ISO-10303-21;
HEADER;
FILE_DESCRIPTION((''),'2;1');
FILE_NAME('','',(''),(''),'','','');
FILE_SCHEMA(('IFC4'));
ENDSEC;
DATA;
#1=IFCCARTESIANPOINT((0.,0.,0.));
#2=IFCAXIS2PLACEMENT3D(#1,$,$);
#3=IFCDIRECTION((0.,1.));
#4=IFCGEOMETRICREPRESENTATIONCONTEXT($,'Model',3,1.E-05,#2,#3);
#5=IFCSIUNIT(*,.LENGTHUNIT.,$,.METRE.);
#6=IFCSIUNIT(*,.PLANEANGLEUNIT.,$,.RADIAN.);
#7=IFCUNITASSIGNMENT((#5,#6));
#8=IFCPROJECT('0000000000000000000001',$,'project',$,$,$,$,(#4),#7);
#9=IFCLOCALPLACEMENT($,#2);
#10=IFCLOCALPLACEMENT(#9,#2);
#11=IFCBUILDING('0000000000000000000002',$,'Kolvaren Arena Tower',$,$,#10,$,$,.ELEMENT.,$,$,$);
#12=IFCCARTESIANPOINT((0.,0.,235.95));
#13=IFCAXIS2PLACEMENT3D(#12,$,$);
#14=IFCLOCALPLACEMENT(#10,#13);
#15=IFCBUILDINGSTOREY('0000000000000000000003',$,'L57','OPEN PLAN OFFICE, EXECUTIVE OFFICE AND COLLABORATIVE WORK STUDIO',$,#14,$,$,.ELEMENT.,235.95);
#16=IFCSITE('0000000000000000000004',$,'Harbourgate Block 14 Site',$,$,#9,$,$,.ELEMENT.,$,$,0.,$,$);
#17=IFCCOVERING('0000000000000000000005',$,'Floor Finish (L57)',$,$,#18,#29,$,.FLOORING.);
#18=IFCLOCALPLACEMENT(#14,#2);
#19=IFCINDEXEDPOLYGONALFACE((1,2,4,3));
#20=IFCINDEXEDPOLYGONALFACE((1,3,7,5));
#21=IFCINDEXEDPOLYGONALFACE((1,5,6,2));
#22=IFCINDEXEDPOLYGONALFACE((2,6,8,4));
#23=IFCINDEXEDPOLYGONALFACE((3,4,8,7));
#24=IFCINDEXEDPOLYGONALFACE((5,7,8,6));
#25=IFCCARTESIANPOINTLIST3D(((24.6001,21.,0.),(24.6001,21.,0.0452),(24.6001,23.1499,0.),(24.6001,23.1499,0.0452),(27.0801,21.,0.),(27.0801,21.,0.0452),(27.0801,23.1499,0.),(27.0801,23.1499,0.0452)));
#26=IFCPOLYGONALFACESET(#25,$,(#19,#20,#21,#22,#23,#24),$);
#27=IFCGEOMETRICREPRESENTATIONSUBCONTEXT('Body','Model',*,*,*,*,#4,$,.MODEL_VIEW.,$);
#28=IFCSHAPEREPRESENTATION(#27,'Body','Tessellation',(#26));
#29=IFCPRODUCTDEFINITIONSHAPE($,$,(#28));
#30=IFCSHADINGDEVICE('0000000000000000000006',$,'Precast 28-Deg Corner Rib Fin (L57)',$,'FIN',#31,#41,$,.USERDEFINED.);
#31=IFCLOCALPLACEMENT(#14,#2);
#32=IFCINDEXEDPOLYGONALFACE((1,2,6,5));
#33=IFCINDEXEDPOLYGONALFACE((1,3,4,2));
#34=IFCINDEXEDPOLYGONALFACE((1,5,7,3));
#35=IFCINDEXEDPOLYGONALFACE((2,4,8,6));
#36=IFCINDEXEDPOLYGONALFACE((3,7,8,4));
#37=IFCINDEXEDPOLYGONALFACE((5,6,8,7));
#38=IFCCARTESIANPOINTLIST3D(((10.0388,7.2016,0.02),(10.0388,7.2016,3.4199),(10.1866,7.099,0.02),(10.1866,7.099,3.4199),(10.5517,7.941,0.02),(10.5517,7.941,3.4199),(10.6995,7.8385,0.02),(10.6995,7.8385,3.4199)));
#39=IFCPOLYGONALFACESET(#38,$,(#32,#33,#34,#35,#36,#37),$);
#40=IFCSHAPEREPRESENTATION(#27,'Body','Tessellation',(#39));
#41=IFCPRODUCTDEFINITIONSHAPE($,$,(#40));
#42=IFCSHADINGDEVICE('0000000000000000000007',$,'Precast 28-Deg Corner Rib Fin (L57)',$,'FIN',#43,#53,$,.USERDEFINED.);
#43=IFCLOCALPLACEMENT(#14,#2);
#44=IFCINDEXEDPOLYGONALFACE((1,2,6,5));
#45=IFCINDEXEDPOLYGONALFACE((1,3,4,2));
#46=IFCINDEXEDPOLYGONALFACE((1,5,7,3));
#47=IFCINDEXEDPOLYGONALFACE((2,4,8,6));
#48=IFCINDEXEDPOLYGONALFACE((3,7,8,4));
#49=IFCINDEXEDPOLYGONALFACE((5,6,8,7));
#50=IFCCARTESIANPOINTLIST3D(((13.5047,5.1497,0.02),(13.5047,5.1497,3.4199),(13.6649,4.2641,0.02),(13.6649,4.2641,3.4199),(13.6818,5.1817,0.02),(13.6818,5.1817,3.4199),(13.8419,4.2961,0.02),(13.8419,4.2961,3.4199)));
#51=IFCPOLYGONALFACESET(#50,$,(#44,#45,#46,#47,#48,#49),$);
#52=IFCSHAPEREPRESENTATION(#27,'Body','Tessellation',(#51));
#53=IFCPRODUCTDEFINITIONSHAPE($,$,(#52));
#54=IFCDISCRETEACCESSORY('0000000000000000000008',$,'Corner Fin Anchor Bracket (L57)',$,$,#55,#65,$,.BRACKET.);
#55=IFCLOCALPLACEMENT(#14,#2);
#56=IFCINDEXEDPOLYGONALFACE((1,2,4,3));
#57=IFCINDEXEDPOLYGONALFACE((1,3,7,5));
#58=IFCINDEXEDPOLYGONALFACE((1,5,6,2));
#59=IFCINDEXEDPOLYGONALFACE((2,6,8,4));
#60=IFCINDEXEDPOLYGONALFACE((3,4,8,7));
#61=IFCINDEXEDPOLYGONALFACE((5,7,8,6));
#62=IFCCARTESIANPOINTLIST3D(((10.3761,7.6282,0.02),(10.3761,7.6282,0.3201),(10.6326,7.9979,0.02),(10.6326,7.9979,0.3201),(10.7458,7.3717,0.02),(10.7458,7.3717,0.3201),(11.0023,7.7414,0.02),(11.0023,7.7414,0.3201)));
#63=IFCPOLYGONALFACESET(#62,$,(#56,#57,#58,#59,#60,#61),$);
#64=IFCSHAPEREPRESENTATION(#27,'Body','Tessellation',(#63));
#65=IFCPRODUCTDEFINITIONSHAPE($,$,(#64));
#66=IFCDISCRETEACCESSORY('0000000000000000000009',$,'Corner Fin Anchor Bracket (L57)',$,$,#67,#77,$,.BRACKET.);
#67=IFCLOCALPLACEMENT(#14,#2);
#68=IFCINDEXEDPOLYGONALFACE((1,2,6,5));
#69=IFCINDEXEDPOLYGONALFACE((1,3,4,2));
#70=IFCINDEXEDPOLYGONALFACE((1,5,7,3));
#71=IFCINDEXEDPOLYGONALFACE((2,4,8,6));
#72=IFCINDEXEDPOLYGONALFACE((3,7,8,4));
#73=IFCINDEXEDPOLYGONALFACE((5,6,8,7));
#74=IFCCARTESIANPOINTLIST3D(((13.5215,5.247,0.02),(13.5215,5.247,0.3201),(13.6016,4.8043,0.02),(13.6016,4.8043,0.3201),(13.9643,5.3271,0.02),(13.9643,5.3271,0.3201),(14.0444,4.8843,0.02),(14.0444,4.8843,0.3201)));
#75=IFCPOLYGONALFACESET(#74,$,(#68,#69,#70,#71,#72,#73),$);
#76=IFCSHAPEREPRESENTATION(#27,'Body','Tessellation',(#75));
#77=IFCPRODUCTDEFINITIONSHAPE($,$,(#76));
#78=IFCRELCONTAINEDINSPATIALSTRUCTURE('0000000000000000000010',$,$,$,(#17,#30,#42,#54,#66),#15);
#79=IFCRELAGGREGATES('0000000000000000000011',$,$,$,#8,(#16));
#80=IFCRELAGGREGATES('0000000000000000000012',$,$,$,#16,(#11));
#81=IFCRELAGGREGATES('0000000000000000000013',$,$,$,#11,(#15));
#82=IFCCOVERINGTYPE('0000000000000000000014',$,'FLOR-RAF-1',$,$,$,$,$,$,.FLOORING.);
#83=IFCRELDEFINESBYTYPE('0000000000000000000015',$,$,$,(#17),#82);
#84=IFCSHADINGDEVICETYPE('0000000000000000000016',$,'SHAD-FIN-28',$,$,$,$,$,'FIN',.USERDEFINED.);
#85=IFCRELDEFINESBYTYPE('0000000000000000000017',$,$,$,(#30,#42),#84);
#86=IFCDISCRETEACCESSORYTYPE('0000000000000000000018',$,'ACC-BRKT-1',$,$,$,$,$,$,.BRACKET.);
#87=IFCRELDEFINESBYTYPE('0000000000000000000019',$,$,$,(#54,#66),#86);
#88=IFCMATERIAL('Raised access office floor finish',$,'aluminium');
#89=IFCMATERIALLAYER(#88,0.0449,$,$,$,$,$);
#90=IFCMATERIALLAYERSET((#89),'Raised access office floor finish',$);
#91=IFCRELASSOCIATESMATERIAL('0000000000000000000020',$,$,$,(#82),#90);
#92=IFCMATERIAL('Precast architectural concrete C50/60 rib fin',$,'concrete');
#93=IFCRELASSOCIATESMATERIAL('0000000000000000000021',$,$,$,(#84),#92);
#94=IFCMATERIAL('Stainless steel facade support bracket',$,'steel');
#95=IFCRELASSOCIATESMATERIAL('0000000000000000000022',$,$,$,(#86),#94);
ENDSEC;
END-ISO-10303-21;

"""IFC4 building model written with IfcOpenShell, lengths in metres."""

from ifc_helpers import new_model, si_unit, direction, frame, origin, origin_2d, place, context, subcontext, project, spatial, polyline, rectangle, outline, extrude, material, layer, layer_set, type_object, element, save


model = new_model("IFC4")

# Units and contexts
model_context = context("Model", 3, precision=1e-05, world=origin(), true_north=direction((0.0, 1.0)))
body_context = subcontext(model_context, "Body", "Model", "MODEL_VIEW")
ifc_project = project(units=[si_unit("LENGTHUNIT", "METRE"), si_unit("PLANEANGLEUNIT", "RADIAN")], contexts=[model_context])

# Site, building, storey
site_placement = place(None, origin())
site = spatial("IfcSite", under=ifc_project, at=site_placement, Name="Harbourgate Block 14 Site", CompositionType="ELEMENT", RefElevation=0.0)
building_placement = place(site_placement, origin())
building = spatial("IfcBuilding", under=site, at=building_placement, Name="Kolvaren Arena Tower", CompositionType="ELEMENT")
storey_placement = place(building_placement, frame((0.0, 0.0, 235.95)))
storey = spatial("IfcBuildingStorey", under=building, at=storey_placement, Name="L57", Description="OPEN PLAN OFFICE, EXECUTIVE OFFICE AND COLLABORATIVE WORK STUDIO", CompositionType="ELEMENT", Elevation=235.95)

# Covering
ifc_material_1 = material(Name="Raised access office floor finish", Category="aluminium")
ifc_layer_1 = layer(ifc_material_1, 0.0449)
ifc_layer_set_1 = layer_set([ifc_layer_1], Name="Raised access office floor finish")
covering_type_1 = type_object("IfcCoveringType", Name="FLOR-RAF-1", PredefinedType="FLOORING", material=ifc_layer_set_1)
covering_1_placement = place(storey_placement, origin())
element("IfcCovering", 1, at=covering_1_placement, inside=storey, type_object=covering_type_1, Name="Floor Finish (L57)", PredefinedType="FLOORING", context=body_context, shape_type="SweptSolid", body=[
    extrude(outline(polyline([(24.6001, 21.0), (24.6001, 23.1499), (27.0801, 23.1499), (27.0801, 21.0), (24.6001, 21.0)])), origin(), (0.0, 0.0, 1.0), 0.0452),
])

# Shading devices
ifc_material_2 = material(Name="Precast architectural concrete C50/60 rib fin", Category="concrete")
shading_device_type = type_object("IfcShadingDeviceType", Name="SHAD-FIN-28", ElementType="FIN", PredefinedType="USERDEFINED", material=ifc_material_2)
for number, where, z_axis, x_axis, name in (
    (2, (10.3691, 7.52, 0.02), (0.0, 0.0, 1.0), (-0.569965, -0.821669, 0.0), "Precast 28-Deg Corner Rib Fin (L57)"),
    (3, (13.6733, 4.7229, 0.02), (0.0, 0.0, 1.0), (0.177966, -0.984037, 0.0), "Precast 28-Deg Corner Rib Fin (L57)"),
):
    element("IfcShadingDevice", number, at=place(storey_placement, frame(where, z_axis=z_axis, x_axis=x_axis)), inside=storey, type_object=shading_device_type, Name=name, ObjectType="FIN", PredefinedType="USERDEFINED", context=body_context, shape_type="SweptSolid", body=[
        extrude(rectangle(XDim=0.8999, YDim=0.1799, at=origin_2d()), origin(), (0.0, 0.0, 1.0), 3.3999),
    ])

# Discrete accessories
ifc_material_3 = material(Name="Stainless steel facade support bracket", Category="steel")
discrete_accessory_type = type_object("IfcDiscreteAccessoryType", Name="ACC-BRKT-1", PredefinedType="BRACKET", material=ifc_material_3)
for number, where, z_axis, x_axis, name in (
    (4, (10.6892, 7.6848, 0.02), (0.0, 0.0, 1.0), (-0.569965, -0.821669, 0.0), "Corner Fin Anchor Bracket (L57)"),
    (5, (13.783, 5.0657, 0.02), (0.0, 0.0, 1.0), (0.177966, -0.984037, 0.0), "Corner Fin Anchor Bracket (L57)"),
):
    element("IfcDiscreteAccessory", number, at=place(storey_placement, frame(where, z_axis=z_axis, x_axis=x_axis)), inside=storey, type_object=discrete_accessory_type, Name=name, PredefinedType="BRACKET", context=body_context, shape_type="SweptSolid", body=[
        extrude(rectangle(XDim=0.45, YDim=0.45, at=origin_2d()), origin(), (0.0, 0.0, 1.0), 0.3),
    ])

save(model, "model.ifc")
